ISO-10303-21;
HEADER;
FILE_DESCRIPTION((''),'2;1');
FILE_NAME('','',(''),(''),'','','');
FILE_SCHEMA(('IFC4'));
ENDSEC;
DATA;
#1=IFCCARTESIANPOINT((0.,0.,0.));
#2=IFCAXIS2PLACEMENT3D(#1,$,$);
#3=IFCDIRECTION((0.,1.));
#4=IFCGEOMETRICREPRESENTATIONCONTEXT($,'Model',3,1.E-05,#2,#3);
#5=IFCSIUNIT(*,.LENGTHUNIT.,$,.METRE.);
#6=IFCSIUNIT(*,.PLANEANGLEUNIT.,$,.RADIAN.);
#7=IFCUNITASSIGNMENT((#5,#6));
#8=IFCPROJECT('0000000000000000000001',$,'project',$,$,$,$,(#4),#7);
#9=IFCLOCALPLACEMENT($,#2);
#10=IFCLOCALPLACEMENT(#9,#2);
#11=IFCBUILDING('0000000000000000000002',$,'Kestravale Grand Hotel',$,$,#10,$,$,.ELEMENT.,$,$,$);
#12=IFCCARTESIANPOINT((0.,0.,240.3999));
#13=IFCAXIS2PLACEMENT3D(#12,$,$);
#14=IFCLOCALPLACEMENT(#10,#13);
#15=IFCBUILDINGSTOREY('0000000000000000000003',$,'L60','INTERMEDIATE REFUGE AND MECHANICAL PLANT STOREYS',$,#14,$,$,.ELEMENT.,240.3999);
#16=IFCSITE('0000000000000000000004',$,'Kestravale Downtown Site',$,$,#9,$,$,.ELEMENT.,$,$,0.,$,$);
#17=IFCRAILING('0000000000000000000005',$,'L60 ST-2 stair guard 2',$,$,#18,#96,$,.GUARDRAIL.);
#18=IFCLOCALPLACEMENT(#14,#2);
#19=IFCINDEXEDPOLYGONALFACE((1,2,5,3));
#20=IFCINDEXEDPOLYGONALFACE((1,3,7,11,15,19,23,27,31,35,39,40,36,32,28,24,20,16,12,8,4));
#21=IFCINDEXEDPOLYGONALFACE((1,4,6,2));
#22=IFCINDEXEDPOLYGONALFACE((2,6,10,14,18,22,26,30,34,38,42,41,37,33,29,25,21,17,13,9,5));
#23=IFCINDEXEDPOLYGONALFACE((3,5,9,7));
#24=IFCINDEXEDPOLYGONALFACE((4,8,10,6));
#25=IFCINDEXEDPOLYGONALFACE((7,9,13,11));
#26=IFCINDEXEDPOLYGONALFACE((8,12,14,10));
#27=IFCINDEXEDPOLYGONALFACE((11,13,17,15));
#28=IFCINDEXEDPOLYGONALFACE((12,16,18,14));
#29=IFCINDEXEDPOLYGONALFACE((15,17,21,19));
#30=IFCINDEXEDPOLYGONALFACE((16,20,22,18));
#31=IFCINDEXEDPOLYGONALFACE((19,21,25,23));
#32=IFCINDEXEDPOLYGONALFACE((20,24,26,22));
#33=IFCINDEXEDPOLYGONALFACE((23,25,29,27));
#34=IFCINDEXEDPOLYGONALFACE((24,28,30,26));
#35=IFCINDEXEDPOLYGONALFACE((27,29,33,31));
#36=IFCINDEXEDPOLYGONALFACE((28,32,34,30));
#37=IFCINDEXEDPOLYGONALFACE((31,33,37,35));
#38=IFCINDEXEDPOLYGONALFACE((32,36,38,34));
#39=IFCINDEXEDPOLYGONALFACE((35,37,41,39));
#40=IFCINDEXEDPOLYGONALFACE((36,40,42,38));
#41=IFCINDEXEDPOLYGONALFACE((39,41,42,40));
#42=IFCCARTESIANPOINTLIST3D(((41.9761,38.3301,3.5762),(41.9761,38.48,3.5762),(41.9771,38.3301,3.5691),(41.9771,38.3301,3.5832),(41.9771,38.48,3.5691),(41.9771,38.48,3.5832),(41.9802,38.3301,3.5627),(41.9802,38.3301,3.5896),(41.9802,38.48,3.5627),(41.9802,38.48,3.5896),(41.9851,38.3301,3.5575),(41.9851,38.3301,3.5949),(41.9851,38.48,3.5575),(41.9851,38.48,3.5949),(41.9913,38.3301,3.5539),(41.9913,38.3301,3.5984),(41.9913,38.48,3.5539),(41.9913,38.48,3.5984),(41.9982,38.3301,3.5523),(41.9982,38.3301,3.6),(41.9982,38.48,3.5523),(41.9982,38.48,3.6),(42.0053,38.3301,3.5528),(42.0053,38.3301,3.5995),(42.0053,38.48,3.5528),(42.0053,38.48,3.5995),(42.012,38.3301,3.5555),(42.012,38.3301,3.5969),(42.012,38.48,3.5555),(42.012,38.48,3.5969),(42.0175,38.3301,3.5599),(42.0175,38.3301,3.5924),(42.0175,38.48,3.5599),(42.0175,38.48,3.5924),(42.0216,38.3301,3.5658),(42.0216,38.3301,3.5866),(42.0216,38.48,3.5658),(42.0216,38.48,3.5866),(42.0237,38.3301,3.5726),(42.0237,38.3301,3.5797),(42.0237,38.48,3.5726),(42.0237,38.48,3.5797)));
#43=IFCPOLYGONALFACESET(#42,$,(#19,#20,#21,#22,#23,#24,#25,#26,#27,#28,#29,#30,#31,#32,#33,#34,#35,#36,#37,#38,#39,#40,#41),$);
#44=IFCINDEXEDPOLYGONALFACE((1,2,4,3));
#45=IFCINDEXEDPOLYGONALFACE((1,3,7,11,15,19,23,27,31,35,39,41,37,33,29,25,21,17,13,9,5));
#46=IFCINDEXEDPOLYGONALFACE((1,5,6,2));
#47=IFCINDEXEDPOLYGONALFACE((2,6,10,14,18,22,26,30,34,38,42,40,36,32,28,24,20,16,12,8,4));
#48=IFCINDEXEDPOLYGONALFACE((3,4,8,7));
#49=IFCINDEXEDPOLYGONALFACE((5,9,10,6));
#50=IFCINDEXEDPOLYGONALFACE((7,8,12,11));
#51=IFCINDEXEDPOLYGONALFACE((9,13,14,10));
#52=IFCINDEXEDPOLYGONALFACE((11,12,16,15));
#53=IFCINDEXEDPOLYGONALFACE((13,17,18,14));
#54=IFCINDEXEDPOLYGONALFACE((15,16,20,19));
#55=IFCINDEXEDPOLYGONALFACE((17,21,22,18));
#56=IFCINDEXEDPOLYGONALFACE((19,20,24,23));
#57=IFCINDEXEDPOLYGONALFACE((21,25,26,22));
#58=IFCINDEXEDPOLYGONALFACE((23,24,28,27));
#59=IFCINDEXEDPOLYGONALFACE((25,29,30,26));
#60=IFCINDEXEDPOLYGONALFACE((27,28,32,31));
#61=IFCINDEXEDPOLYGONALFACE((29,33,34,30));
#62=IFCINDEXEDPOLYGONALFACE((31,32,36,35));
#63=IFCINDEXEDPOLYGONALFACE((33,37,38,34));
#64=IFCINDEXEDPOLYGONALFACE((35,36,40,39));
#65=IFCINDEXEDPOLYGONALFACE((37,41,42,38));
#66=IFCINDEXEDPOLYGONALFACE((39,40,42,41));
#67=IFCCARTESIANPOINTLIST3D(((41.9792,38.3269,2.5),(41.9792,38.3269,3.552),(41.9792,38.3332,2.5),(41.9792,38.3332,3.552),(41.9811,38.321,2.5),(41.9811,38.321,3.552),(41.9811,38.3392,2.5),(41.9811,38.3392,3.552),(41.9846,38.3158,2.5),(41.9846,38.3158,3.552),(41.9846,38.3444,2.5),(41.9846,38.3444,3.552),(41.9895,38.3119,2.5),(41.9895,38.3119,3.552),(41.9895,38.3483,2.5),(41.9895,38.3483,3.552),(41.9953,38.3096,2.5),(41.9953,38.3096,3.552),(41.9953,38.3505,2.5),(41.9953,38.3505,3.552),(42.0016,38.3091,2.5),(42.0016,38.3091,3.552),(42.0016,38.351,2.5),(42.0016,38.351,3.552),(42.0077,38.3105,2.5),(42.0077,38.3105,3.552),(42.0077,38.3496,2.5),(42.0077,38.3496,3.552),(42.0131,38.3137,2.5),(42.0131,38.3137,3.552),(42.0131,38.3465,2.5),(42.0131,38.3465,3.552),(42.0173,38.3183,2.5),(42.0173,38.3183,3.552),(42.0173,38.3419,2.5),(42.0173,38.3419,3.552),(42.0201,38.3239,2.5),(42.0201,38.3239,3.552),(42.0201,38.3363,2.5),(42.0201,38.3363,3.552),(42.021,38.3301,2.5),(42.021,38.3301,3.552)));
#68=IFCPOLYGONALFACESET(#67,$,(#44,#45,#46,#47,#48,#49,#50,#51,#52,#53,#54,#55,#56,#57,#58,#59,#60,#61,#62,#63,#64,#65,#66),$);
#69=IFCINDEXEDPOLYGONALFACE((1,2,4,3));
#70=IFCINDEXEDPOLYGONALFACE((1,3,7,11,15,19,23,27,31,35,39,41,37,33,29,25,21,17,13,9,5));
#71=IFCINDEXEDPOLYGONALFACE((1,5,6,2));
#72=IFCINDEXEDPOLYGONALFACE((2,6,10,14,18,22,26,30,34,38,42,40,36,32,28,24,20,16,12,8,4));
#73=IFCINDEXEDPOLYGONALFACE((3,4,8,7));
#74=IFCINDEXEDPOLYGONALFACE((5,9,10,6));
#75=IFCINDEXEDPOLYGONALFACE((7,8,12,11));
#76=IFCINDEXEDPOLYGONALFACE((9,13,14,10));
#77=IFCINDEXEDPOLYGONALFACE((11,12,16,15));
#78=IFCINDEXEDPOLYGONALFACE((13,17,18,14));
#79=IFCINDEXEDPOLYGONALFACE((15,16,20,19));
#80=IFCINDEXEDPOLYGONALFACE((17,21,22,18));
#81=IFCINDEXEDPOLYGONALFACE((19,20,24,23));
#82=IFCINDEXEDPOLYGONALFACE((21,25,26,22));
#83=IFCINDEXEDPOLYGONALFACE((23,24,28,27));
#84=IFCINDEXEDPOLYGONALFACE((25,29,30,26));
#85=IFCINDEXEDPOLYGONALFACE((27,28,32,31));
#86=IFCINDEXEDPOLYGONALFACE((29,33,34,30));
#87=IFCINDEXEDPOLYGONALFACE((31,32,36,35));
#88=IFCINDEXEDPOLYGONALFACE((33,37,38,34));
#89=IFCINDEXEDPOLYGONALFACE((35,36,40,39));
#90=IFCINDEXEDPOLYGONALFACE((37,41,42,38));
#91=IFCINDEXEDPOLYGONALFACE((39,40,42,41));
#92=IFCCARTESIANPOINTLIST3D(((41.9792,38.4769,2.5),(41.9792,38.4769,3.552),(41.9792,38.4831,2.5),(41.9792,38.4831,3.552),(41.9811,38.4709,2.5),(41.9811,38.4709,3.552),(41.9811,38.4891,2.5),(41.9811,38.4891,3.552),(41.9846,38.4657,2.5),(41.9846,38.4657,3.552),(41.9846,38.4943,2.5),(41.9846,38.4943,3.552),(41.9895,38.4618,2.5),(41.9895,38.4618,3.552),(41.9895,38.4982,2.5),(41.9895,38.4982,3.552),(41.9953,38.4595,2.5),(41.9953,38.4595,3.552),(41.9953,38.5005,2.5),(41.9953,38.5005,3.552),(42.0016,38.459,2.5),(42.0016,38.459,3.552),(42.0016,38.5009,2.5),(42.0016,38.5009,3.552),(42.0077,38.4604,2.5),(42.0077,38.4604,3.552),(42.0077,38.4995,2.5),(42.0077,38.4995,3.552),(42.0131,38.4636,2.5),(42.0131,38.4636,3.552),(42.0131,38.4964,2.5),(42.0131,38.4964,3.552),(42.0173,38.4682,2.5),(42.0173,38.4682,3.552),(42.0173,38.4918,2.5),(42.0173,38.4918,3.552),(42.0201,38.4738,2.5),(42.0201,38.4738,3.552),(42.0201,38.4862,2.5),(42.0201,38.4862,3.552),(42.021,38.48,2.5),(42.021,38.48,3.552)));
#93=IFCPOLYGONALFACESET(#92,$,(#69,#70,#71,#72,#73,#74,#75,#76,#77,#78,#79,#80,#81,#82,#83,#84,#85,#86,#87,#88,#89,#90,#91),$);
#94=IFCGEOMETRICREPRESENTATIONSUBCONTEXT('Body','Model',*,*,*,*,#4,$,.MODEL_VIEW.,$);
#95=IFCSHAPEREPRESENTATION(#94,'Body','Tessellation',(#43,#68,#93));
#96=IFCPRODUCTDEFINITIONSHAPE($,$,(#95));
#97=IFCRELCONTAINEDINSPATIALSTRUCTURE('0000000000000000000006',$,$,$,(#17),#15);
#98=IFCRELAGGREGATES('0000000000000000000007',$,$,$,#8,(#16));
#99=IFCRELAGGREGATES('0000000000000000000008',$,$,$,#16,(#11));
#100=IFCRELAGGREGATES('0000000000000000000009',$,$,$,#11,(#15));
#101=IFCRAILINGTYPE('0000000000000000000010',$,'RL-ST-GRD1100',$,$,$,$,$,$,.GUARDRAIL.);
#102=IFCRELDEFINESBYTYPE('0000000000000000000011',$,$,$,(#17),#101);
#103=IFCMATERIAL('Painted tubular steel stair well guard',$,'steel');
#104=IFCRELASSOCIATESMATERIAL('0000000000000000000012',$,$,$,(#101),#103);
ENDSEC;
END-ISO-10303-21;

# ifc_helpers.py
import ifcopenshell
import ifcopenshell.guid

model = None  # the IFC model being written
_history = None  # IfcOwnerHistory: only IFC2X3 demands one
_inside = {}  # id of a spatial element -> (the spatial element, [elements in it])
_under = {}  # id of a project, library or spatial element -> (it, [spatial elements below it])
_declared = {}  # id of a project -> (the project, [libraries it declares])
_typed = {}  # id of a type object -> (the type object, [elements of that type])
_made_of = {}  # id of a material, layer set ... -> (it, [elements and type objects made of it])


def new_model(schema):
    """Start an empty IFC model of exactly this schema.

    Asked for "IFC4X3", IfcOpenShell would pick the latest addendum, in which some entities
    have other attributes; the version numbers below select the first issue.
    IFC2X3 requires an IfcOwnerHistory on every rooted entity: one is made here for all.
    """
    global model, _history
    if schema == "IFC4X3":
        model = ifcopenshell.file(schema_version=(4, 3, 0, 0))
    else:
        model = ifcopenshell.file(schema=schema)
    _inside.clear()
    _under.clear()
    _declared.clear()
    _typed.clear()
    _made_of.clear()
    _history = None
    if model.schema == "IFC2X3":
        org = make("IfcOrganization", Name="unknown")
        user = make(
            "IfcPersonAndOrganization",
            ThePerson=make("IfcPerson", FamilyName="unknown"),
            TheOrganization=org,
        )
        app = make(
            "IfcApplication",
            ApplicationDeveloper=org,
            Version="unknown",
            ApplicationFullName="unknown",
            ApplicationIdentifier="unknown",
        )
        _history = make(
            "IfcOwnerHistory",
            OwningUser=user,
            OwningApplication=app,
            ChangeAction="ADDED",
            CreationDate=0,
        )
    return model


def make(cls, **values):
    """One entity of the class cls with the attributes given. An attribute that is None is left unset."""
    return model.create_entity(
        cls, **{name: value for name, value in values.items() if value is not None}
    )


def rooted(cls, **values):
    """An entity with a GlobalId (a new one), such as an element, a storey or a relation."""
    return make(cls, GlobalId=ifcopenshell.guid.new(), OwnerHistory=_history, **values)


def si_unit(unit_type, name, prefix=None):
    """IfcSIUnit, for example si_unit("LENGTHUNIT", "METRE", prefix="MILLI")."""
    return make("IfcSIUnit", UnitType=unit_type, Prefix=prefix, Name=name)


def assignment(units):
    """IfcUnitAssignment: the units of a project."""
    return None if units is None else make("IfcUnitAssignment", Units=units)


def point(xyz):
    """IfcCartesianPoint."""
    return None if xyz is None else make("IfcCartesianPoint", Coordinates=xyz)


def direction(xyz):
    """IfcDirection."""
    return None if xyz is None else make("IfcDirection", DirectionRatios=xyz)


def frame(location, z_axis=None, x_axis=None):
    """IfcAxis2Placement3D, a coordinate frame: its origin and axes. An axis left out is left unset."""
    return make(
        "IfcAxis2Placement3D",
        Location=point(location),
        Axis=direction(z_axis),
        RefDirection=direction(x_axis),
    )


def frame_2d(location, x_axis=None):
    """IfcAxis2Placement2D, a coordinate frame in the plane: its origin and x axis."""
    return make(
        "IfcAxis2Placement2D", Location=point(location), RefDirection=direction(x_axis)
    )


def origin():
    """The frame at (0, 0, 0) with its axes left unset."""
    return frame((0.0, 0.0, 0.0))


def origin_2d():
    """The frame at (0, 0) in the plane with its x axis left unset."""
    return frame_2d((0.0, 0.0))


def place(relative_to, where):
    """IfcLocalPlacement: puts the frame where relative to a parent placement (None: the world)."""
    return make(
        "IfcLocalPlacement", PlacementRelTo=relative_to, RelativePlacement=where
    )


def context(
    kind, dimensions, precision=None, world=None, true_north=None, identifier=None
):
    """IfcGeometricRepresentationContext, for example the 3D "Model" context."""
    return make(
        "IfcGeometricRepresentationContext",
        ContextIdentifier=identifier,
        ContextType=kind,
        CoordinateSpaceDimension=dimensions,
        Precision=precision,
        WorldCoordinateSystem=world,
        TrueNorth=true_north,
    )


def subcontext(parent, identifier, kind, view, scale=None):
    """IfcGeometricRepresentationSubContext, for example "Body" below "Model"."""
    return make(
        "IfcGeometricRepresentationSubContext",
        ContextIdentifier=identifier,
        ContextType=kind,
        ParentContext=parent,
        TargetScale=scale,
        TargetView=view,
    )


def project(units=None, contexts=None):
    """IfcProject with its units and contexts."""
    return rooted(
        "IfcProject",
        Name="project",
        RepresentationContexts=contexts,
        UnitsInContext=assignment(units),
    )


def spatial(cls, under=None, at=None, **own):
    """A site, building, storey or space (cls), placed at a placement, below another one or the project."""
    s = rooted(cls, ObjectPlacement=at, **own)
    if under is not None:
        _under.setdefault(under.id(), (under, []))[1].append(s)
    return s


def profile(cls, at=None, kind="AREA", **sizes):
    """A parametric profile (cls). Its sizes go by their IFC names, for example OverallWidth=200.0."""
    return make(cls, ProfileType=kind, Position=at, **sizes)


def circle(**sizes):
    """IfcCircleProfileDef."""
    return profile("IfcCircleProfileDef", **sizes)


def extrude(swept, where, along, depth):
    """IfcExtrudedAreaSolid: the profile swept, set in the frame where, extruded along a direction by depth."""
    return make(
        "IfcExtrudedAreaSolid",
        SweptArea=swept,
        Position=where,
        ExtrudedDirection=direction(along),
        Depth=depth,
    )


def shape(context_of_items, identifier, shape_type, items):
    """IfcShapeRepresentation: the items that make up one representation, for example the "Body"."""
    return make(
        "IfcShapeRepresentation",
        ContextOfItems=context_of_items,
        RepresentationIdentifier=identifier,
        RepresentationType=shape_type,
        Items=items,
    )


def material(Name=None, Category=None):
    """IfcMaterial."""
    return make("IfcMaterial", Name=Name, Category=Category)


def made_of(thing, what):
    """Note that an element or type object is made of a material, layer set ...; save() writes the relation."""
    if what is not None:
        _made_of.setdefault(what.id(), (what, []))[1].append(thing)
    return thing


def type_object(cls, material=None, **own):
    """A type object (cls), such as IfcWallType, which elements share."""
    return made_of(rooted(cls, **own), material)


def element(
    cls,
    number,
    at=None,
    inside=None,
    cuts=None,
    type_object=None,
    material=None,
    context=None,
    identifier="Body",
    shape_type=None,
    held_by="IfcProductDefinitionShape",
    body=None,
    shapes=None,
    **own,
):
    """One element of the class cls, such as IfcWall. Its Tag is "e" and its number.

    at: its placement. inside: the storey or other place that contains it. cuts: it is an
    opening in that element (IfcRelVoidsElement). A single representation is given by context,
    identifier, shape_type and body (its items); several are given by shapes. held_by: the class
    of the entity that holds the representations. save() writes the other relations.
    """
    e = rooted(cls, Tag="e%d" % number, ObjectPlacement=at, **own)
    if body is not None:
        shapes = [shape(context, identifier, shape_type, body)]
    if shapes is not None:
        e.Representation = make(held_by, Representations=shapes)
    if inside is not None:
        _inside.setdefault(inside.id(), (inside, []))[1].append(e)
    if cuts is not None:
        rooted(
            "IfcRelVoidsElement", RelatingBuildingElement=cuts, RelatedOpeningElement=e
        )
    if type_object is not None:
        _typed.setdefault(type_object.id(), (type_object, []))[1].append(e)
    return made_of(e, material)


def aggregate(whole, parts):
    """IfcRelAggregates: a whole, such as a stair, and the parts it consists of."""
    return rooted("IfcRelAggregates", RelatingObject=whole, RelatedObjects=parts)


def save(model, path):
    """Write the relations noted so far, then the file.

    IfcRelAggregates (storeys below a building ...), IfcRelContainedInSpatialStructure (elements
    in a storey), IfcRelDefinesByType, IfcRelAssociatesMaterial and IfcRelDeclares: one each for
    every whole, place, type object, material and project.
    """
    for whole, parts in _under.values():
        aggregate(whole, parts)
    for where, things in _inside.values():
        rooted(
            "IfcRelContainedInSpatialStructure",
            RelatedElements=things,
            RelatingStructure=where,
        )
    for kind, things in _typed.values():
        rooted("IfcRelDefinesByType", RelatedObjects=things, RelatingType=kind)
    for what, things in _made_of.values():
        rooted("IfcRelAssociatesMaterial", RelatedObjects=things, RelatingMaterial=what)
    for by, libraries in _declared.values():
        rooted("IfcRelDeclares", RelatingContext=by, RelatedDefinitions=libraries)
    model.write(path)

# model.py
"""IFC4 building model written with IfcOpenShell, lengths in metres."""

from ifc_helpers import new_model, si_unit, direction, frame, origin, origin_2d, place, context, subcontext, project, spatial, circle, extrude, material, type_object, element, save


model = new_model("IFC4")

# Units and contexts
model_context = context("Model", 3, precision=1e-05, world=origin(), true_north=direction((0.0, 1.0)))
body_context = subcontext(model_context, "Body", "Model", "MODEL_VIEW")
ifc_project = project(units=[si_unit("LENGTHUNIT", "METRE"), si_unit("PLANEANGLEUNIT", "RADIAN")], contexts=[model_context])

# Site, building, storey
site_placement = place(None, origin())
site = spatial("IfcSite", under=ifc_project, at=site_placement, Name="Kestravale Downtown Site", CompositionType="ELEMENT", RefElevation=0.0)
building_placement = place(site_placement, origin())
building = spatial("IfcBuilding", under=site, at=building_placement, Name="Kestravale Grand Hotel", CompositionType="ELEMENT")
storey_placement = place(building_placement, frame((0.0, 0.0, 240.3999)))
storey = spatial("IfcBuildingStorey", under=building, at=storey_placement, Name="L60", Description="INTERMEDIATE REFUGE AND MECHANICAL PLANT STOREYS", CompositionType="ELEMENT", Elevation=240.3999)

# Railing
ifc_material_1 = material(Name="Painted tubular steel stair well guard", Category="steel")
railing_type_1 = type_object("IfcRailingType", Name="RL-ST-GRD1100", PredefinedType="GUARDRAIL", material=ifc_material_1)
railing_1_placement = place(storey_placement, frame((42.0, 38.3301, 2.5)))
element("IfcRailing", 1, at=railing_1_placement, inside=storey, type_object=railing_type_1, Name="L60 ST-2 stair guard 2", PredefinedType="GUARDRAIL", context=body_context, shape_type="SweptSolid", body=[
    extrude(circle(Radius=0.0239, at=origin_2d()), frame((0.0, 0.0, 1.0762), z_axis=(0.0, 1.0, 0.0), x_axis=(-1.0, 0.0, 0.0)), (0.0, 0.0, 1.0), 0.1499),
    extrude(circle(Radius=0.021, at=origin_2d()), origin(), (0.0, 0.0, 1.0), 1.052),
    extrude(circle(Radius=0.021, at=origin_2d()), frame((0.0, 0.1499, 0.0)), (0.0, 0.0, 1.0), 1.052),
])

save(model, "model.ifc")
